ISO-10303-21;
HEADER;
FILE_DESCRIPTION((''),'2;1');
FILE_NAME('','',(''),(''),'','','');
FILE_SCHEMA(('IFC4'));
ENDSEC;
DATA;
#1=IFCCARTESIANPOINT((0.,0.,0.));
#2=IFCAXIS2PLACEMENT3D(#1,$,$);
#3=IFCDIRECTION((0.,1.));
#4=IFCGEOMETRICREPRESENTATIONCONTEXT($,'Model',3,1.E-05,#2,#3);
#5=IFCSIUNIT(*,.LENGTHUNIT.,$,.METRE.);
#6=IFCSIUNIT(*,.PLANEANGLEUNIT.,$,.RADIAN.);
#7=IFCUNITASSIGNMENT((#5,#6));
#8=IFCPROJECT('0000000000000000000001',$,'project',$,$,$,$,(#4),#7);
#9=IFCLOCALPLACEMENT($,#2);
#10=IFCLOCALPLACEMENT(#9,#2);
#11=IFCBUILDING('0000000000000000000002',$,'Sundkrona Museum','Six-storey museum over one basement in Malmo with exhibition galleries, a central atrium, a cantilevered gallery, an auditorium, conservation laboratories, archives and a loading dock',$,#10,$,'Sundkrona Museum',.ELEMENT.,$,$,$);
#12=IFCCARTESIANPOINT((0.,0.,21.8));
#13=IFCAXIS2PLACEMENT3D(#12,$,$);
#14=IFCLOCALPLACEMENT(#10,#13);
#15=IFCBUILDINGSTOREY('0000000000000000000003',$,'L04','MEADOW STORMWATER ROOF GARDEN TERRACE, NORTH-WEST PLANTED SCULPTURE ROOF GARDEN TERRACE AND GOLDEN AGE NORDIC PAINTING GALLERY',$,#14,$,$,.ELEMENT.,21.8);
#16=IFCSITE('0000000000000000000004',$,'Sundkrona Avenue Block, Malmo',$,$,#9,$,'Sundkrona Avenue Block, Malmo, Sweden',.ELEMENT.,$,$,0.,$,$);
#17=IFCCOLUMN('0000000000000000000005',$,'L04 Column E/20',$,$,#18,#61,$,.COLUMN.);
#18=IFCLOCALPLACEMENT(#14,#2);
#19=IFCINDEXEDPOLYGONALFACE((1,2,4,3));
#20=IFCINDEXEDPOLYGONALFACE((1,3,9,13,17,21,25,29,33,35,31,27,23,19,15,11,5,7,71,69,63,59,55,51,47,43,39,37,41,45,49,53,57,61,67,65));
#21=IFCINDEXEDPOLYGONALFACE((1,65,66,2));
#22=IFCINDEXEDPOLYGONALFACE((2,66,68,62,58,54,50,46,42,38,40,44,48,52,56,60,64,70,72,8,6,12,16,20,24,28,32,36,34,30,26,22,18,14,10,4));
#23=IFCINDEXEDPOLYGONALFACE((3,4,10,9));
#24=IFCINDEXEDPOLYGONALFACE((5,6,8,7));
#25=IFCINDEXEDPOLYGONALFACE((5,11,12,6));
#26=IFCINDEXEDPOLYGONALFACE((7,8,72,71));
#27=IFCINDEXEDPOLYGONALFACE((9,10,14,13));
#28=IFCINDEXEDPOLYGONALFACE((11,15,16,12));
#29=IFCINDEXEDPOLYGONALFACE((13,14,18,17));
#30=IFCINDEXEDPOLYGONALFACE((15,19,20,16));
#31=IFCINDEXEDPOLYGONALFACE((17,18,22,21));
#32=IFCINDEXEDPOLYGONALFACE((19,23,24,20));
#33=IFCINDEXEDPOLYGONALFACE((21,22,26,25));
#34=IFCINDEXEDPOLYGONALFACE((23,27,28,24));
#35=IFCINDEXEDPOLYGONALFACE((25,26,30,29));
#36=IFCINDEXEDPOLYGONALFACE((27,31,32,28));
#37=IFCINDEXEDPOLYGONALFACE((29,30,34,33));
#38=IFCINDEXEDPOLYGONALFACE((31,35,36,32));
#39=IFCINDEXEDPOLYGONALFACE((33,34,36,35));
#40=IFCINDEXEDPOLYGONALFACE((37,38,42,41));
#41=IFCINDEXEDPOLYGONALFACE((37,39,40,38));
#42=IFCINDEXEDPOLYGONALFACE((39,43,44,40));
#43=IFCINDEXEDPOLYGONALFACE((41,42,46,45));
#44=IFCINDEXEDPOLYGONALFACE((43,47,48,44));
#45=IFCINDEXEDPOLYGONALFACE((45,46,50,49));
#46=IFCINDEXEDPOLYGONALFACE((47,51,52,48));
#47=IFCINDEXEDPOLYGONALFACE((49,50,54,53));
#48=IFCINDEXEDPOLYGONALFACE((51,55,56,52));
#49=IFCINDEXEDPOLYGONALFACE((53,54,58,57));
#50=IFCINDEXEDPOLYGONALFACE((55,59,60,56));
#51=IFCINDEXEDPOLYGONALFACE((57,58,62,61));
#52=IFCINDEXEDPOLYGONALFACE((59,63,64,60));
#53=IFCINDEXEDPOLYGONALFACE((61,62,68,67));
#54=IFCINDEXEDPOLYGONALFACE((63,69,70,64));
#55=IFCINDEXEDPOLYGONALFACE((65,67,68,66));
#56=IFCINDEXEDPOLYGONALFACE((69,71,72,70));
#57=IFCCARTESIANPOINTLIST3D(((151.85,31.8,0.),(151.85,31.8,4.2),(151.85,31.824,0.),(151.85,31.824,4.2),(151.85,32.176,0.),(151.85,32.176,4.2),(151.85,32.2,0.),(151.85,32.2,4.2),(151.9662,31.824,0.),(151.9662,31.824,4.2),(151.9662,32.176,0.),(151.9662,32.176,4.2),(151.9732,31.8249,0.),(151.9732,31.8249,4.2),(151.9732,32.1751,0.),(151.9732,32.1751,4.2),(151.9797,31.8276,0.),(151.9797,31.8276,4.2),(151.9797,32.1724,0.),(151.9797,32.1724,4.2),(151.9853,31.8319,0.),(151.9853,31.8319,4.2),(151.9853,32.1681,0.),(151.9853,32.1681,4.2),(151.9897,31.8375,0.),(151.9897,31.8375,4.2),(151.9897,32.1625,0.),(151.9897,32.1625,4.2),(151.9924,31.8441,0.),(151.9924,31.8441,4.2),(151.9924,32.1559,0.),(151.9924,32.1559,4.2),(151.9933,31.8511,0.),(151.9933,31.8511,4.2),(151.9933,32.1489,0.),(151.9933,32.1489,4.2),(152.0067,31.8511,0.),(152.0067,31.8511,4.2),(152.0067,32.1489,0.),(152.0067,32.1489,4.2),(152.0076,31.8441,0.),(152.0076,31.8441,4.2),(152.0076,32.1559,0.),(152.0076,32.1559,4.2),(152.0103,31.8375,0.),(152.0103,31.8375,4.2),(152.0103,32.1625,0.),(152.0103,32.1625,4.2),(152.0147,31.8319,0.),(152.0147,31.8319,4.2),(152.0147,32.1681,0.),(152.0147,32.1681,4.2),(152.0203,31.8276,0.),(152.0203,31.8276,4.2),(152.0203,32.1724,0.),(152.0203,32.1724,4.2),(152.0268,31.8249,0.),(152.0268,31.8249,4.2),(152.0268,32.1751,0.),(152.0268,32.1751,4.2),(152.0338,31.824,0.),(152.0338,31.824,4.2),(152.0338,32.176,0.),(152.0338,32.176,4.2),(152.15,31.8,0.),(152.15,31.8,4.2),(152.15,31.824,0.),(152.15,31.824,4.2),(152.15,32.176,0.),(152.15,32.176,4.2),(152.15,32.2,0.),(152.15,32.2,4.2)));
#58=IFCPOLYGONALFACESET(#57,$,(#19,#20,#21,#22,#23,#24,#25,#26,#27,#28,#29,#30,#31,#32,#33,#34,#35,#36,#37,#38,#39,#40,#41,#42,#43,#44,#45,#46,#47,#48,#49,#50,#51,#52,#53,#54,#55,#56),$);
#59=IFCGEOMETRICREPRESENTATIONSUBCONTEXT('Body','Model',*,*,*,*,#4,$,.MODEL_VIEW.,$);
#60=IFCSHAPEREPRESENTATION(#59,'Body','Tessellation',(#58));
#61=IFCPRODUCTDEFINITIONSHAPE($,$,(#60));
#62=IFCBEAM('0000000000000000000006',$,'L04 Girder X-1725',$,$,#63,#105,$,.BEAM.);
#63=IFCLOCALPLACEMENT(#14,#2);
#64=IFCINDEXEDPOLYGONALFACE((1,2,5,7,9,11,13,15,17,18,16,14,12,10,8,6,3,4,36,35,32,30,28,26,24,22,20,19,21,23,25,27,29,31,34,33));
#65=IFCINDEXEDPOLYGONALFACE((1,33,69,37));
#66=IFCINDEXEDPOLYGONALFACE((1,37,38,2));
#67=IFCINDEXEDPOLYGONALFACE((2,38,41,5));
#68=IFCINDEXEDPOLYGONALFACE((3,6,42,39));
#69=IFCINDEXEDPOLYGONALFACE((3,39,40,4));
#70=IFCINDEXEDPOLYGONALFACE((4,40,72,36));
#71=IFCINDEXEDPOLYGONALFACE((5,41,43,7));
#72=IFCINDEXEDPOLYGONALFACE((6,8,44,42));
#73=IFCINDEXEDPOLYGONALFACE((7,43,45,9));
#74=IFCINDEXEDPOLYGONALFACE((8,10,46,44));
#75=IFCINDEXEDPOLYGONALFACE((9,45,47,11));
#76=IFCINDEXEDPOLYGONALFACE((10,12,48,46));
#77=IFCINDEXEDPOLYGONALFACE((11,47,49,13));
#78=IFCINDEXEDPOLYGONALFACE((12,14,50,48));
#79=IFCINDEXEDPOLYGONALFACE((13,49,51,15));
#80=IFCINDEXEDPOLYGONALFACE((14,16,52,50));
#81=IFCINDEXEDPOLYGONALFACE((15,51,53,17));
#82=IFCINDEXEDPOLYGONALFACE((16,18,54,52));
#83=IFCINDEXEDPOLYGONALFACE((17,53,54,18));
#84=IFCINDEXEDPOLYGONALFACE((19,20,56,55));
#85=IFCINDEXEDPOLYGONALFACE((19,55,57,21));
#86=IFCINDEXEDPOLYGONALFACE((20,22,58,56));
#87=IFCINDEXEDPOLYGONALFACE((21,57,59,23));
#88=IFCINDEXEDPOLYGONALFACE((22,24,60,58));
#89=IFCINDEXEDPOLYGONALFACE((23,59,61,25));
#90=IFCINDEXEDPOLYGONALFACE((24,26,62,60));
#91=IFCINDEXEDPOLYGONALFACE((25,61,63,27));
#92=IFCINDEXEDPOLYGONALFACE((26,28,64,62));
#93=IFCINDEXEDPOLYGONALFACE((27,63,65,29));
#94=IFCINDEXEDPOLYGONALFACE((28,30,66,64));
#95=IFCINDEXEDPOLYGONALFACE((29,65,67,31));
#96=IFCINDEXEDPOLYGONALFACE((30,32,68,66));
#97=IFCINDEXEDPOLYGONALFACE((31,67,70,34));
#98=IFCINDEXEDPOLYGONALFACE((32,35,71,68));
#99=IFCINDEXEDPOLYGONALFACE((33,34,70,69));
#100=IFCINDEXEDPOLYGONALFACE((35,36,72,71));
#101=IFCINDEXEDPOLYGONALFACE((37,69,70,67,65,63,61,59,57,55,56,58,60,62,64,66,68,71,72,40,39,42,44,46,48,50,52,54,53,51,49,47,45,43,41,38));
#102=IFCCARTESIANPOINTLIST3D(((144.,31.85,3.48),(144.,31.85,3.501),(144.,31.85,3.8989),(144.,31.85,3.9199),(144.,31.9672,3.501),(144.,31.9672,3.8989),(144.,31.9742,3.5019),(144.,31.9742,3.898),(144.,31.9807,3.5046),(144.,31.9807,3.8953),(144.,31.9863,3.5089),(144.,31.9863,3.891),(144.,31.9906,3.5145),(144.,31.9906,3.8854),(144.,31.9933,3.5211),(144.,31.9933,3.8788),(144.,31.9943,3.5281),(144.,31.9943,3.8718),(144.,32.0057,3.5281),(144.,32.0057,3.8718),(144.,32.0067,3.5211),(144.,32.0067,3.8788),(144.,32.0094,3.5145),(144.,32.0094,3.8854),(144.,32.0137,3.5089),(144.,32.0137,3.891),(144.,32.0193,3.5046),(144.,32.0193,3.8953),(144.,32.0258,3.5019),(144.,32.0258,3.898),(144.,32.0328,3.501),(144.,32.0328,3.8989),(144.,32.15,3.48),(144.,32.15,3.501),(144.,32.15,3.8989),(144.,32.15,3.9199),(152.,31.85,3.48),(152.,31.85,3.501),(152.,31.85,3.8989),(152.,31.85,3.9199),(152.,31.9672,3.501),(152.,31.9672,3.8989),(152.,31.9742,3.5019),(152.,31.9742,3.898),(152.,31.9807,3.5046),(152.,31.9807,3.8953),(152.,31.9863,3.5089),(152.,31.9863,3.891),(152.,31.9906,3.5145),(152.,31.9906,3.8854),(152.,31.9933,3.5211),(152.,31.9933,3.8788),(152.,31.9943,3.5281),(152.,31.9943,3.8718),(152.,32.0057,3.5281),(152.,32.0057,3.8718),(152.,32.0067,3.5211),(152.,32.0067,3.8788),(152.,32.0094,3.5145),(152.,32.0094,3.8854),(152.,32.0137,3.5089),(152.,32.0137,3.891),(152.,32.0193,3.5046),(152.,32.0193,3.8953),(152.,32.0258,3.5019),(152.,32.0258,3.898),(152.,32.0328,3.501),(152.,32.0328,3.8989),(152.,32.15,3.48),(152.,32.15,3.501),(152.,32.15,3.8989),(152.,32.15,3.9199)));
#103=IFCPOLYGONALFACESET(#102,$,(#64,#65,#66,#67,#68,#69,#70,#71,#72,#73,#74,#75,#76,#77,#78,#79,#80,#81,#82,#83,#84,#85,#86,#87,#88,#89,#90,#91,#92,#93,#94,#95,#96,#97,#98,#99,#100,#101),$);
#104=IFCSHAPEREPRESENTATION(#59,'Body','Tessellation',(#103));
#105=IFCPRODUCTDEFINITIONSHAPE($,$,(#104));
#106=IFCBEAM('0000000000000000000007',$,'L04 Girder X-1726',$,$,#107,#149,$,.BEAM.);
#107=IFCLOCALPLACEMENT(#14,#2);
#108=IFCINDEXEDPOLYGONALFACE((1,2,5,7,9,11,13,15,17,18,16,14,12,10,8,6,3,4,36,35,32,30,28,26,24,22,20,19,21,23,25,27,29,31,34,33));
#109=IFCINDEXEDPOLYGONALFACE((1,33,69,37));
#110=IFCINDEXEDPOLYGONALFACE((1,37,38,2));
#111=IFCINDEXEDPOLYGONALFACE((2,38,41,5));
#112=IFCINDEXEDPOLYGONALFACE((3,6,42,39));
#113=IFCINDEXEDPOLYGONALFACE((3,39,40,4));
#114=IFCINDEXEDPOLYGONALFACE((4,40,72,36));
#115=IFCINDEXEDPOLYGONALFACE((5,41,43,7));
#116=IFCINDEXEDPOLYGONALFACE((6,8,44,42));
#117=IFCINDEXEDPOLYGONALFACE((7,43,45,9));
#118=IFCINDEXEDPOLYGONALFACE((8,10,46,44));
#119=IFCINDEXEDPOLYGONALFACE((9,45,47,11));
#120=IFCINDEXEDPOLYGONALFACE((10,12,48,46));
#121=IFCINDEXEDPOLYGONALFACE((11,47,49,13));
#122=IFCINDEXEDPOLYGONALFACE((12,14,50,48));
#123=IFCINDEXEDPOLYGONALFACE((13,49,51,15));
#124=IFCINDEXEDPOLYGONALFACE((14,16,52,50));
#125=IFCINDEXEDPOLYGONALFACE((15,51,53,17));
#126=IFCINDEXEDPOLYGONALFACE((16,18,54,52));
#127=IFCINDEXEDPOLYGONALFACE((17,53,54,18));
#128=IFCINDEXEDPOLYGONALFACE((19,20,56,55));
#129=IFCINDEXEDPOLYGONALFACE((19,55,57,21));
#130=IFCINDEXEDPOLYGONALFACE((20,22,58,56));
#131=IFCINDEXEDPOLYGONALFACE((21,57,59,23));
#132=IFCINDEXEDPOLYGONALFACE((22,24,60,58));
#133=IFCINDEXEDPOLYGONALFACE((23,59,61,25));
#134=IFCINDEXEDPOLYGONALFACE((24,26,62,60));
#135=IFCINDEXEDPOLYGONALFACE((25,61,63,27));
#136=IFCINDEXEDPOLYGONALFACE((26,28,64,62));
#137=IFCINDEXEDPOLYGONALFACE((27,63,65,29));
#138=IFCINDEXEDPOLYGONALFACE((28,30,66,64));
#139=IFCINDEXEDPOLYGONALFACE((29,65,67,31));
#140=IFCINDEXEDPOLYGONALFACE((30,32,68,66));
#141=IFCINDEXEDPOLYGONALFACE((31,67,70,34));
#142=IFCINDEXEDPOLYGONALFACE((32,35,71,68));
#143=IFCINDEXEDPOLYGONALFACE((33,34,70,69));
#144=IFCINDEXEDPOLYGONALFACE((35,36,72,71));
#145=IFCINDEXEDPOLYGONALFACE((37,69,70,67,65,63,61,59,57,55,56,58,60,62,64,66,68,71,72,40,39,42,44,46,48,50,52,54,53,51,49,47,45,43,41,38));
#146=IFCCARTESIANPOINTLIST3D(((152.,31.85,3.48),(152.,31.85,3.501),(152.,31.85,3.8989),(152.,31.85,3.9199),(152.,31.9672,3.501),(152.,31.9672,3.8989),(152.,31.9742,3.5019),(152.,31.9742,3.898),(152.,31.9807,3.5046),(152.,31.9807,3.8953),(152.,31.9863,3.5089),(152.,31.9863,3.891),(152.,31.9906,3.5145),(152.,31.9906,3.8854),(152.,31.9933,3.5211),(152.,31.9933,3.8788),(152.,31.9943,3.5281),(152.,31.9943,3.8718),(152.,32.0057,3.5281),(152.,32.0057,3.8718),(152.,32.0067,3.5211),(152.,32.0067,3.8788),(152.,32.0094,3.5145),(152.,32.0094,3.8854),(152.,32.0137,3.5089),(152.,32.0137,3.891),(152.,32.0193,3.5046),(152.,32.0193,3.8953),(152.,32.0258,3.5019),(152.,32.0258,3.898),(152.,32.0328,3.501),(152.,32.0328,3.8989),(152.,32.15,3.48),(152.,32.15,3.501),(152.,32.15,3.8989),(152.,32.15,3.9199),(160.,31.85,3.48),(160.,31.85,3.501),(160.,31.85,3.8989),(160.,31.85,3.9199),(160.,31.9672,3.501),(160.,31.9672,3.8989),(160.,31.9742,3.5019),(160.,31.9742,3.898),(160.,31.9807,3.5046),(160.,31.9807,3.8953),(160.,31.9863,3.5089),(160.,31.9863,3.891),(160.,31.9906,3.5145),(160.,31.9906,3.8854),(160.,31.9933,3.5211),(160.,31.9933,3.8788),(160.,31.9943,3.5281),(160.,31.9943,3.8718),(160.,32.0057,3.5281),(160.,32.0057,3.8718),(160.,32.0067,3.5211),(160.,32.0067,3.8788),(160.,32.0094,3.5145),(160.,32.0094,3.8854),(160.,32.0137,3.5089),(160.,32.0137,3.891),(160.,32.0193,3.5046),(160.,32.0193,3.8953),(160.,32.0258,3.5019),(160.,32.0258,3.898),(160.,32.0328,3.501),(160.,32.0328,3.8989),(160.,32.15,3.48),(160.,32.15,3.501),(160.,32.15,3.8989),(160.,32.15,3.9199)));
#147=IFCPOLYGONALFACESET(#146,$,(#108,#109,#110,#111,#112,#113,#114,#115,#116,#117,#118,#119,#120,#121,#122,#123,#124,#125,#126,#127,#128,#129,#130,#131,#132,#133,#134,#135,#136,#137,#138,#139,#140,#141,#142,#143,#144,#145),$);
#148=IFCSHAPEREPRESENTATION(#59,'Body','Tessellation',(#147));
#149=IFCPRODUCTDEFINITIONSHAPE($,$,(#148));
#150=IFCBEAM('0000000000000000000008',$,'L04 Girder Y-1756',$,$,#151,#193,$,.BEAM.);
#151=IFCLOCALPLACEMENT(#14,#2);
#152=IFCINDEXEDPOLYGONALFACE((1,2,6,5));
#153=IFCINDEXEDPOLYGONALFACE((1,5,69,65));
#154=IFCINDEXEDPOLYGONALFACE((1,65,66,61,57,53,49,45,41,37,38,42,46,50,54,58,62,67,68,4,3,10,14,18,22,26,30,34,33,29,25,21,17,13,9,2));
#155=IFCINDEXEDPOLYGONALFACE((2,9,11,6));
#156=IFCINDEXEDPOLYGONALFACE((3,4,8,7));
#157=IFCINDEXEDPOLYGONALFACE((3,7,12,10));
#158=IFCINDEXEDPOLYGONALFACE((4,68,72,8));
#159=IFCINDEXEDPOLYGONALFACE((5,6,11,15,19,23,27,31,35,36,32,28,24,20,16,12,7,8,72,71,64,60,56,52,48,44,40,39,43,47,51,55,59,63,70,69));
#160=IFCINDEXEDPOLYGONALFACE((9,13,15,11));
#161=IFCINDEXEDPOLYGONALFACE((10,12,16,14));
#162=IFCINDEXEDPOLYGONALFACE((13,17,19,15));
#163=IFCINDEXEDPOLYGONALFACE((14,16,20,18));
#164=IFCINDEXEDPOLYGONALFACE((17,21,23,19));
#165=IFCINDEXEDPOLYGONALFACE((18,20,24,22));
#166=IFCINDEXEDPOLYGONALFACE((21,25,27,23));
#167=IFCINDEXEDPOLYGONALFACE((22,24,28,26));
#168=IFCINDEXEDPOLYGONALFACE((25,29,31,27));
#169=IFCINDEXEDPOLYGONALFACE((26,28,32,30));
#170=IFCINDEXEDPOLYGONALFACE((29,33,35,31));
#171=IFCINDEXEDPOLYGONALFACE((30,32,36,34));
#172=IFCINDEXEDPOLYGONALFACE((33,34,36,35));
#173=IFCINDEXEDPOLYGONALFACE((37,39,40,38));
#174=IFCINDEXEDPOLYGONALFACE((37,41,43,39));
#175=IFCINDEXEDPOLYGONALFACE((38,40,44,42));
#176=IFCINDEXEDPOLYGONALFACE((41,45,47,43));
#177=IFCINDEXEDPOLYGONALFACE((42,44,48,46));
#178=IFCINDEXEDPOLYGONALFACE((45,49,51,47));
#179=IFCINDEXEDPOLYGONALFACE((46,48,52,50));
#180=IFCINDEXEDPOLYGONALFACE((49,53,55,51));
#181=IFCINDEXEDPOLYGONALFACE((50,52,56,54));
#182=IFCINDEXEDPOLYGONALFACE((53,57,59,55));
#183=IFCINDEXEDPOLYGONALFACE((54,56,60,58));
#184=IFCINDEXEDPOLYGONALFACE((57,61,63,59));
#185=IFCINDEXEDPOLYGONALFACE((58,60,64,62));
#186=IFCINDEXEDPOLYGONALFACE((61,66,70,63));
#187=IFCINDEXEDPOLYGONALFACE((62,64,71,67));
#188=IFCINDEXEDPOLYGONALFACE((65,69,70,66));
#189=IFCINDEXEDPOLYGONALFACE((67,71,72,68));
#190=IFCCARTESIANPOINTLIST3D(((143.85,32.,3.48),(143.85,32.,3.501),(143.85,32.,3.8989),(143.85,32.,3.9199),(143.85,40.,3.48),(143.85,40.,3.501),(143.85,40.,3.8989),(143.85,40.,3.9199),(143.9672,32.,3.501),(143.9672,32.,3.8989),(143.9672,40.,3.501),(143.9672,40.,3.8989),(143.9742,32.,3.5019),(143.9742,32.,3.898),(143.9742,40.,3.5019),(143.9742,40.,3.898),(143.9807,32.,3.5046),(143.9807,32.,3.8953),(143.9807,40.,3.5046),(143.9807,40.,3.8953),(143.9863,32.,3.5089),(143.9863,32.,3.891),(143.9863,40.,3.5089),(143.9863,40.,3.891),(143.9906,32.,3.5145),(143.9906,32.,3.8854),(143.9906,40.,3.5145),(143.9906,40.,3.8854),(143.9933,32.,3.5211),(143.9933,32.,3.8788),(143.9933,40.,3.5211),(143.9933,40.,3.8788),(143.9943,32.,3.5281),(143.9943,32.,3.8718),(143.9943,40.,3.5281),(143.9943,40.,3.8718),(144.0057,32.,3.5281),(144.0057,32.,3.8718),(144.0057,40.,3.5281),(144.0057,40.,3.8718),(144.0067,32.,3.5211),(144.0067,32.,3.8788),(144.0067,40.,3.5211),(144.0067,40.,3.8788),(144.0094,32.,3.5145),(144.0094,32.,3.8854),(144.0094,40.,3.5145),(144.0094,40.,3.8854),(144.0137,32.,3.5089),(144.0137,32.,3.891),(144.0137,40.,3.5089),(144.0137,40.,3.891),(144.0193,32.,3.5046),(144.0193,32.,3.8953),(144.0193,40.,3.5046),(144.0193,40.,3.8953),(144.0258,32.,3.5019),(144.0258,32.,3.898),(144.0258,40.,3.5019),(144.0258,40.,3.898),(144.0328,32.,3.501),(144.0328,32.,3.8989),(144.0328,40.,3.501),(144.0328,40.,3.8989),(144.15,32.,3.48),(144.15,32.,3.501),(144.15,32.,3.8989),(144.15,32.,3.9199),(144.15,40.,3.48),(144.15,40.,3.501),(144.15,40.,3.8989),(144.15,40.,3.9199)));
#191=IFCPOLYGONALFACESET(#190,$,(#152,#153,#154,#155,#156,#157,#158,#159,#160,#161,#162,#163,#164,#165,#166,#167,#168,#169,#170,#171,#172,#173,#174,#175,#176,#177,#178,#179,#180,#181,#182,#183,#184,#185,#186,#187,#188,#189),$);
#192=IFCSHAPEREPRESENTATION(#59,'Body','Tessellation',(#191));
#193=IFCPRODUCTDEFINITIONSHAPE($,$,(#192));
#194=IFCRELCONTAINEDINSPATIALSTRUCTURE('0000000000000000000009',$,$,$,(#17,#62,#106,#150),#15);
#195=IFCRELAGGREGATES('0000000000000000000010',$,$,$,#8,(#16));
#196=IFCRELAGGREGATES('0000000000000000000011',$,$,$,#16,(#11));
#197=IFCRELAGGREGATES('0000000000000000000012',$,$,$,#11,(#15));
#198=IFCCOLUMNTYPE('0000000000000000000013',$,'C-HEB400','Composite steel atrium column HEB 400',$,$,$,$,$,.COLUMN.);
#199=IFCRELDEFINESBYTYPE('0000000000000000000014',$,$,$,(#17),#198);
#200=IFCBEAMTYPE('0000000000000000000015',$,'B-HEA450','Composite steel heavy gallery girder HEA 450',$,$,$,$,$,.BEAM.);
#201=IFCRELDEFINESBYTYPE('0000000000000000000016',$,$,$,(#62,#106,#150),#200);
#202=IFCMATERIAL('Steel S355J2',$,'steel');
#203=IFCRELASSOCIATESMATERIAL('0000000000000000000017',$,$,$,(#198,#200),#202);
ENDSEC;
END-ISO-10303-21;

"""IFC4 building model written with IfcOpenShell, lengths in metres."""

from ifc_helpers import new_model, si_unit, direction, frame, origin, origin_2d, place, context, subcontext, project, spatial, i_section, extrude, material, material_profile, profile_set, type_object, element, save


model = new_model("IFC4")

# Units and contexts
model_context = context("Model", 3, precision=1e-05, world=origin(), true_north=direction((0.0, 1.0)))
body_context = subcontext(model_context, "Body", "Model", "MODEL_VIEW")
ifc_project = project(units=[si_unit("LENGTHUNIT", "METRE"), si_unit("PLANEANGLEUNIT", "RADIAN")], contexts=[model_context])

# Site, building, storey
site_placement = place(None, origin())
site = spatial("IfcSite", under=ifc_project, at=site_placement, Name="Sundkrona Avenue Block, Malmo", LongName="Sundkrona Avenue Block, Malmo, Sweden", CompositionType="ELEMENT", RefElevation=0.0)
building_placement = place(site_placement, origin())
building = spatial("IfcBuilding", under=site, at=building_placement, Name="Sundkrona Museum", Description="Six-storey museum over one basement in Malmo with exhibition galleries, a central atrium, a cantilevered gallery, an auditorium, conservation laboratories, archives and a loading dock", LongName="Sundkrona Museum", CompositionType="ELEMENT")
storey_placement = place(building_placement, frame((0.0, 0.0, 21.8)))
storey = spatial("IfcBuildingStorey", under=building, at=storey_placement, Name="L04", Description="MEADOW STORMWATER ROOF GARDEN TERRACE, NORTH-WEST PLANTED SCULPTURE ROOF GARDEN TERRACE AND GOLDEN AGE NORDIC PAINTING GALLERY", CompositionType="ELEMENT", Elevation=21.8)

# Column
ifc_material_1 = material(Name="Steel S355J2", Category="steel")
ifc_material_profile_1 = material_profile(ifc_material_1, i_section(OverallWidth=0.3, OverallDepth=0.3999, WebThickness=0.0134, FlangeThickness=0.0239, FilletRadius=0.0271, at=origin_2d()), Name="HEB 400")
ifc_profile_set_1 = profile_set([ifc_material_profile_1], Name="Steel S355J2")
column_type = type_object("IfcColumnType", Name="C-HEB400", Description="Composite steel atrium column HEB 400", PredefinedType="COLUMN", material=ifc_profile_set_1)
column_placement = place(storey_placement, frame((152.0, 32.0, 0.0), z_axis=(0.0, 0.0, 1.0), x_axis=(1.0, 0.0, 0.0)))
element("IfcColumn", 1, at=column_placement, inside=storey, type_object=column_type, Name="L04 Column E/20", PredefinedType="COLUMN", context=body_context, shape_type="SweptSolid", body=[
    extrude(i_section(OverallWidth=0.3, OverallDepth=0.3999, WebThickness=0.0134, FlangeThickness=0.0239, FilletRadius=0.0271, at=origin_2d()), origin(), (0.0, 0.0, 1.0), 4.2),
])

# Beams
ifc_material_profile_2 = material_profile(ifc_material_1, i_section(OverallWidth=0.3, OverallDepth=0.4399, WebThickness=0.0115, FlangeThickness=0.021, FilletRadius=0.0271, at=origin_2d()), Name="HEA 450")
ifc_profile_set_2 = profile_set([ifc_material_profile_2], Name="Steel S355J2")
beam_type_1 = type_object("IfcBeamType", Name="B-HEA450", Description="Composite steel heavy gallery girder HEA 450", PredefinedType="BEAM", material=ifc_profile_set_2)
for number, where, z_axis, x_axis, name in (
    (2, (144.0, 32.0, 3.7), (1.0, 0.0, 0.0), (0.0, 1.0, 0.0), "L04 Girder X-1725"),
    (3, (152.0, 32.0, 3.7), (1.0, 0.0, 0.0), (0.0, 1.0, 0.0), "L04 Girder X-1726"),
    (4, (144.0, 32.0, 3.7), (0.0, 1.0, 0.0), (-1.0, 0.0, 0.0), "L04 Girder Y-1756"),
):
    element("IfcBeam", number, at=place(storey_placement, frame(where, z_axis=z_axis, x_axis=x_axis)), inside=storey, type_object=beam_type_1, Name=name, PredefinedType="BEAM", context=body_context, shape_type="SweptSolid", body=[
        extrude(i_section(OverallWidth=0.3, OverallDepth=0.4399, WebThickness=0.0115, FlangeThickness=0.021, FilletRadius=0.0271, at=origin_2d()), origin(), (0.0, 0.0, 1.0), 8.0),
    ])

save(model, "model.ifc")
